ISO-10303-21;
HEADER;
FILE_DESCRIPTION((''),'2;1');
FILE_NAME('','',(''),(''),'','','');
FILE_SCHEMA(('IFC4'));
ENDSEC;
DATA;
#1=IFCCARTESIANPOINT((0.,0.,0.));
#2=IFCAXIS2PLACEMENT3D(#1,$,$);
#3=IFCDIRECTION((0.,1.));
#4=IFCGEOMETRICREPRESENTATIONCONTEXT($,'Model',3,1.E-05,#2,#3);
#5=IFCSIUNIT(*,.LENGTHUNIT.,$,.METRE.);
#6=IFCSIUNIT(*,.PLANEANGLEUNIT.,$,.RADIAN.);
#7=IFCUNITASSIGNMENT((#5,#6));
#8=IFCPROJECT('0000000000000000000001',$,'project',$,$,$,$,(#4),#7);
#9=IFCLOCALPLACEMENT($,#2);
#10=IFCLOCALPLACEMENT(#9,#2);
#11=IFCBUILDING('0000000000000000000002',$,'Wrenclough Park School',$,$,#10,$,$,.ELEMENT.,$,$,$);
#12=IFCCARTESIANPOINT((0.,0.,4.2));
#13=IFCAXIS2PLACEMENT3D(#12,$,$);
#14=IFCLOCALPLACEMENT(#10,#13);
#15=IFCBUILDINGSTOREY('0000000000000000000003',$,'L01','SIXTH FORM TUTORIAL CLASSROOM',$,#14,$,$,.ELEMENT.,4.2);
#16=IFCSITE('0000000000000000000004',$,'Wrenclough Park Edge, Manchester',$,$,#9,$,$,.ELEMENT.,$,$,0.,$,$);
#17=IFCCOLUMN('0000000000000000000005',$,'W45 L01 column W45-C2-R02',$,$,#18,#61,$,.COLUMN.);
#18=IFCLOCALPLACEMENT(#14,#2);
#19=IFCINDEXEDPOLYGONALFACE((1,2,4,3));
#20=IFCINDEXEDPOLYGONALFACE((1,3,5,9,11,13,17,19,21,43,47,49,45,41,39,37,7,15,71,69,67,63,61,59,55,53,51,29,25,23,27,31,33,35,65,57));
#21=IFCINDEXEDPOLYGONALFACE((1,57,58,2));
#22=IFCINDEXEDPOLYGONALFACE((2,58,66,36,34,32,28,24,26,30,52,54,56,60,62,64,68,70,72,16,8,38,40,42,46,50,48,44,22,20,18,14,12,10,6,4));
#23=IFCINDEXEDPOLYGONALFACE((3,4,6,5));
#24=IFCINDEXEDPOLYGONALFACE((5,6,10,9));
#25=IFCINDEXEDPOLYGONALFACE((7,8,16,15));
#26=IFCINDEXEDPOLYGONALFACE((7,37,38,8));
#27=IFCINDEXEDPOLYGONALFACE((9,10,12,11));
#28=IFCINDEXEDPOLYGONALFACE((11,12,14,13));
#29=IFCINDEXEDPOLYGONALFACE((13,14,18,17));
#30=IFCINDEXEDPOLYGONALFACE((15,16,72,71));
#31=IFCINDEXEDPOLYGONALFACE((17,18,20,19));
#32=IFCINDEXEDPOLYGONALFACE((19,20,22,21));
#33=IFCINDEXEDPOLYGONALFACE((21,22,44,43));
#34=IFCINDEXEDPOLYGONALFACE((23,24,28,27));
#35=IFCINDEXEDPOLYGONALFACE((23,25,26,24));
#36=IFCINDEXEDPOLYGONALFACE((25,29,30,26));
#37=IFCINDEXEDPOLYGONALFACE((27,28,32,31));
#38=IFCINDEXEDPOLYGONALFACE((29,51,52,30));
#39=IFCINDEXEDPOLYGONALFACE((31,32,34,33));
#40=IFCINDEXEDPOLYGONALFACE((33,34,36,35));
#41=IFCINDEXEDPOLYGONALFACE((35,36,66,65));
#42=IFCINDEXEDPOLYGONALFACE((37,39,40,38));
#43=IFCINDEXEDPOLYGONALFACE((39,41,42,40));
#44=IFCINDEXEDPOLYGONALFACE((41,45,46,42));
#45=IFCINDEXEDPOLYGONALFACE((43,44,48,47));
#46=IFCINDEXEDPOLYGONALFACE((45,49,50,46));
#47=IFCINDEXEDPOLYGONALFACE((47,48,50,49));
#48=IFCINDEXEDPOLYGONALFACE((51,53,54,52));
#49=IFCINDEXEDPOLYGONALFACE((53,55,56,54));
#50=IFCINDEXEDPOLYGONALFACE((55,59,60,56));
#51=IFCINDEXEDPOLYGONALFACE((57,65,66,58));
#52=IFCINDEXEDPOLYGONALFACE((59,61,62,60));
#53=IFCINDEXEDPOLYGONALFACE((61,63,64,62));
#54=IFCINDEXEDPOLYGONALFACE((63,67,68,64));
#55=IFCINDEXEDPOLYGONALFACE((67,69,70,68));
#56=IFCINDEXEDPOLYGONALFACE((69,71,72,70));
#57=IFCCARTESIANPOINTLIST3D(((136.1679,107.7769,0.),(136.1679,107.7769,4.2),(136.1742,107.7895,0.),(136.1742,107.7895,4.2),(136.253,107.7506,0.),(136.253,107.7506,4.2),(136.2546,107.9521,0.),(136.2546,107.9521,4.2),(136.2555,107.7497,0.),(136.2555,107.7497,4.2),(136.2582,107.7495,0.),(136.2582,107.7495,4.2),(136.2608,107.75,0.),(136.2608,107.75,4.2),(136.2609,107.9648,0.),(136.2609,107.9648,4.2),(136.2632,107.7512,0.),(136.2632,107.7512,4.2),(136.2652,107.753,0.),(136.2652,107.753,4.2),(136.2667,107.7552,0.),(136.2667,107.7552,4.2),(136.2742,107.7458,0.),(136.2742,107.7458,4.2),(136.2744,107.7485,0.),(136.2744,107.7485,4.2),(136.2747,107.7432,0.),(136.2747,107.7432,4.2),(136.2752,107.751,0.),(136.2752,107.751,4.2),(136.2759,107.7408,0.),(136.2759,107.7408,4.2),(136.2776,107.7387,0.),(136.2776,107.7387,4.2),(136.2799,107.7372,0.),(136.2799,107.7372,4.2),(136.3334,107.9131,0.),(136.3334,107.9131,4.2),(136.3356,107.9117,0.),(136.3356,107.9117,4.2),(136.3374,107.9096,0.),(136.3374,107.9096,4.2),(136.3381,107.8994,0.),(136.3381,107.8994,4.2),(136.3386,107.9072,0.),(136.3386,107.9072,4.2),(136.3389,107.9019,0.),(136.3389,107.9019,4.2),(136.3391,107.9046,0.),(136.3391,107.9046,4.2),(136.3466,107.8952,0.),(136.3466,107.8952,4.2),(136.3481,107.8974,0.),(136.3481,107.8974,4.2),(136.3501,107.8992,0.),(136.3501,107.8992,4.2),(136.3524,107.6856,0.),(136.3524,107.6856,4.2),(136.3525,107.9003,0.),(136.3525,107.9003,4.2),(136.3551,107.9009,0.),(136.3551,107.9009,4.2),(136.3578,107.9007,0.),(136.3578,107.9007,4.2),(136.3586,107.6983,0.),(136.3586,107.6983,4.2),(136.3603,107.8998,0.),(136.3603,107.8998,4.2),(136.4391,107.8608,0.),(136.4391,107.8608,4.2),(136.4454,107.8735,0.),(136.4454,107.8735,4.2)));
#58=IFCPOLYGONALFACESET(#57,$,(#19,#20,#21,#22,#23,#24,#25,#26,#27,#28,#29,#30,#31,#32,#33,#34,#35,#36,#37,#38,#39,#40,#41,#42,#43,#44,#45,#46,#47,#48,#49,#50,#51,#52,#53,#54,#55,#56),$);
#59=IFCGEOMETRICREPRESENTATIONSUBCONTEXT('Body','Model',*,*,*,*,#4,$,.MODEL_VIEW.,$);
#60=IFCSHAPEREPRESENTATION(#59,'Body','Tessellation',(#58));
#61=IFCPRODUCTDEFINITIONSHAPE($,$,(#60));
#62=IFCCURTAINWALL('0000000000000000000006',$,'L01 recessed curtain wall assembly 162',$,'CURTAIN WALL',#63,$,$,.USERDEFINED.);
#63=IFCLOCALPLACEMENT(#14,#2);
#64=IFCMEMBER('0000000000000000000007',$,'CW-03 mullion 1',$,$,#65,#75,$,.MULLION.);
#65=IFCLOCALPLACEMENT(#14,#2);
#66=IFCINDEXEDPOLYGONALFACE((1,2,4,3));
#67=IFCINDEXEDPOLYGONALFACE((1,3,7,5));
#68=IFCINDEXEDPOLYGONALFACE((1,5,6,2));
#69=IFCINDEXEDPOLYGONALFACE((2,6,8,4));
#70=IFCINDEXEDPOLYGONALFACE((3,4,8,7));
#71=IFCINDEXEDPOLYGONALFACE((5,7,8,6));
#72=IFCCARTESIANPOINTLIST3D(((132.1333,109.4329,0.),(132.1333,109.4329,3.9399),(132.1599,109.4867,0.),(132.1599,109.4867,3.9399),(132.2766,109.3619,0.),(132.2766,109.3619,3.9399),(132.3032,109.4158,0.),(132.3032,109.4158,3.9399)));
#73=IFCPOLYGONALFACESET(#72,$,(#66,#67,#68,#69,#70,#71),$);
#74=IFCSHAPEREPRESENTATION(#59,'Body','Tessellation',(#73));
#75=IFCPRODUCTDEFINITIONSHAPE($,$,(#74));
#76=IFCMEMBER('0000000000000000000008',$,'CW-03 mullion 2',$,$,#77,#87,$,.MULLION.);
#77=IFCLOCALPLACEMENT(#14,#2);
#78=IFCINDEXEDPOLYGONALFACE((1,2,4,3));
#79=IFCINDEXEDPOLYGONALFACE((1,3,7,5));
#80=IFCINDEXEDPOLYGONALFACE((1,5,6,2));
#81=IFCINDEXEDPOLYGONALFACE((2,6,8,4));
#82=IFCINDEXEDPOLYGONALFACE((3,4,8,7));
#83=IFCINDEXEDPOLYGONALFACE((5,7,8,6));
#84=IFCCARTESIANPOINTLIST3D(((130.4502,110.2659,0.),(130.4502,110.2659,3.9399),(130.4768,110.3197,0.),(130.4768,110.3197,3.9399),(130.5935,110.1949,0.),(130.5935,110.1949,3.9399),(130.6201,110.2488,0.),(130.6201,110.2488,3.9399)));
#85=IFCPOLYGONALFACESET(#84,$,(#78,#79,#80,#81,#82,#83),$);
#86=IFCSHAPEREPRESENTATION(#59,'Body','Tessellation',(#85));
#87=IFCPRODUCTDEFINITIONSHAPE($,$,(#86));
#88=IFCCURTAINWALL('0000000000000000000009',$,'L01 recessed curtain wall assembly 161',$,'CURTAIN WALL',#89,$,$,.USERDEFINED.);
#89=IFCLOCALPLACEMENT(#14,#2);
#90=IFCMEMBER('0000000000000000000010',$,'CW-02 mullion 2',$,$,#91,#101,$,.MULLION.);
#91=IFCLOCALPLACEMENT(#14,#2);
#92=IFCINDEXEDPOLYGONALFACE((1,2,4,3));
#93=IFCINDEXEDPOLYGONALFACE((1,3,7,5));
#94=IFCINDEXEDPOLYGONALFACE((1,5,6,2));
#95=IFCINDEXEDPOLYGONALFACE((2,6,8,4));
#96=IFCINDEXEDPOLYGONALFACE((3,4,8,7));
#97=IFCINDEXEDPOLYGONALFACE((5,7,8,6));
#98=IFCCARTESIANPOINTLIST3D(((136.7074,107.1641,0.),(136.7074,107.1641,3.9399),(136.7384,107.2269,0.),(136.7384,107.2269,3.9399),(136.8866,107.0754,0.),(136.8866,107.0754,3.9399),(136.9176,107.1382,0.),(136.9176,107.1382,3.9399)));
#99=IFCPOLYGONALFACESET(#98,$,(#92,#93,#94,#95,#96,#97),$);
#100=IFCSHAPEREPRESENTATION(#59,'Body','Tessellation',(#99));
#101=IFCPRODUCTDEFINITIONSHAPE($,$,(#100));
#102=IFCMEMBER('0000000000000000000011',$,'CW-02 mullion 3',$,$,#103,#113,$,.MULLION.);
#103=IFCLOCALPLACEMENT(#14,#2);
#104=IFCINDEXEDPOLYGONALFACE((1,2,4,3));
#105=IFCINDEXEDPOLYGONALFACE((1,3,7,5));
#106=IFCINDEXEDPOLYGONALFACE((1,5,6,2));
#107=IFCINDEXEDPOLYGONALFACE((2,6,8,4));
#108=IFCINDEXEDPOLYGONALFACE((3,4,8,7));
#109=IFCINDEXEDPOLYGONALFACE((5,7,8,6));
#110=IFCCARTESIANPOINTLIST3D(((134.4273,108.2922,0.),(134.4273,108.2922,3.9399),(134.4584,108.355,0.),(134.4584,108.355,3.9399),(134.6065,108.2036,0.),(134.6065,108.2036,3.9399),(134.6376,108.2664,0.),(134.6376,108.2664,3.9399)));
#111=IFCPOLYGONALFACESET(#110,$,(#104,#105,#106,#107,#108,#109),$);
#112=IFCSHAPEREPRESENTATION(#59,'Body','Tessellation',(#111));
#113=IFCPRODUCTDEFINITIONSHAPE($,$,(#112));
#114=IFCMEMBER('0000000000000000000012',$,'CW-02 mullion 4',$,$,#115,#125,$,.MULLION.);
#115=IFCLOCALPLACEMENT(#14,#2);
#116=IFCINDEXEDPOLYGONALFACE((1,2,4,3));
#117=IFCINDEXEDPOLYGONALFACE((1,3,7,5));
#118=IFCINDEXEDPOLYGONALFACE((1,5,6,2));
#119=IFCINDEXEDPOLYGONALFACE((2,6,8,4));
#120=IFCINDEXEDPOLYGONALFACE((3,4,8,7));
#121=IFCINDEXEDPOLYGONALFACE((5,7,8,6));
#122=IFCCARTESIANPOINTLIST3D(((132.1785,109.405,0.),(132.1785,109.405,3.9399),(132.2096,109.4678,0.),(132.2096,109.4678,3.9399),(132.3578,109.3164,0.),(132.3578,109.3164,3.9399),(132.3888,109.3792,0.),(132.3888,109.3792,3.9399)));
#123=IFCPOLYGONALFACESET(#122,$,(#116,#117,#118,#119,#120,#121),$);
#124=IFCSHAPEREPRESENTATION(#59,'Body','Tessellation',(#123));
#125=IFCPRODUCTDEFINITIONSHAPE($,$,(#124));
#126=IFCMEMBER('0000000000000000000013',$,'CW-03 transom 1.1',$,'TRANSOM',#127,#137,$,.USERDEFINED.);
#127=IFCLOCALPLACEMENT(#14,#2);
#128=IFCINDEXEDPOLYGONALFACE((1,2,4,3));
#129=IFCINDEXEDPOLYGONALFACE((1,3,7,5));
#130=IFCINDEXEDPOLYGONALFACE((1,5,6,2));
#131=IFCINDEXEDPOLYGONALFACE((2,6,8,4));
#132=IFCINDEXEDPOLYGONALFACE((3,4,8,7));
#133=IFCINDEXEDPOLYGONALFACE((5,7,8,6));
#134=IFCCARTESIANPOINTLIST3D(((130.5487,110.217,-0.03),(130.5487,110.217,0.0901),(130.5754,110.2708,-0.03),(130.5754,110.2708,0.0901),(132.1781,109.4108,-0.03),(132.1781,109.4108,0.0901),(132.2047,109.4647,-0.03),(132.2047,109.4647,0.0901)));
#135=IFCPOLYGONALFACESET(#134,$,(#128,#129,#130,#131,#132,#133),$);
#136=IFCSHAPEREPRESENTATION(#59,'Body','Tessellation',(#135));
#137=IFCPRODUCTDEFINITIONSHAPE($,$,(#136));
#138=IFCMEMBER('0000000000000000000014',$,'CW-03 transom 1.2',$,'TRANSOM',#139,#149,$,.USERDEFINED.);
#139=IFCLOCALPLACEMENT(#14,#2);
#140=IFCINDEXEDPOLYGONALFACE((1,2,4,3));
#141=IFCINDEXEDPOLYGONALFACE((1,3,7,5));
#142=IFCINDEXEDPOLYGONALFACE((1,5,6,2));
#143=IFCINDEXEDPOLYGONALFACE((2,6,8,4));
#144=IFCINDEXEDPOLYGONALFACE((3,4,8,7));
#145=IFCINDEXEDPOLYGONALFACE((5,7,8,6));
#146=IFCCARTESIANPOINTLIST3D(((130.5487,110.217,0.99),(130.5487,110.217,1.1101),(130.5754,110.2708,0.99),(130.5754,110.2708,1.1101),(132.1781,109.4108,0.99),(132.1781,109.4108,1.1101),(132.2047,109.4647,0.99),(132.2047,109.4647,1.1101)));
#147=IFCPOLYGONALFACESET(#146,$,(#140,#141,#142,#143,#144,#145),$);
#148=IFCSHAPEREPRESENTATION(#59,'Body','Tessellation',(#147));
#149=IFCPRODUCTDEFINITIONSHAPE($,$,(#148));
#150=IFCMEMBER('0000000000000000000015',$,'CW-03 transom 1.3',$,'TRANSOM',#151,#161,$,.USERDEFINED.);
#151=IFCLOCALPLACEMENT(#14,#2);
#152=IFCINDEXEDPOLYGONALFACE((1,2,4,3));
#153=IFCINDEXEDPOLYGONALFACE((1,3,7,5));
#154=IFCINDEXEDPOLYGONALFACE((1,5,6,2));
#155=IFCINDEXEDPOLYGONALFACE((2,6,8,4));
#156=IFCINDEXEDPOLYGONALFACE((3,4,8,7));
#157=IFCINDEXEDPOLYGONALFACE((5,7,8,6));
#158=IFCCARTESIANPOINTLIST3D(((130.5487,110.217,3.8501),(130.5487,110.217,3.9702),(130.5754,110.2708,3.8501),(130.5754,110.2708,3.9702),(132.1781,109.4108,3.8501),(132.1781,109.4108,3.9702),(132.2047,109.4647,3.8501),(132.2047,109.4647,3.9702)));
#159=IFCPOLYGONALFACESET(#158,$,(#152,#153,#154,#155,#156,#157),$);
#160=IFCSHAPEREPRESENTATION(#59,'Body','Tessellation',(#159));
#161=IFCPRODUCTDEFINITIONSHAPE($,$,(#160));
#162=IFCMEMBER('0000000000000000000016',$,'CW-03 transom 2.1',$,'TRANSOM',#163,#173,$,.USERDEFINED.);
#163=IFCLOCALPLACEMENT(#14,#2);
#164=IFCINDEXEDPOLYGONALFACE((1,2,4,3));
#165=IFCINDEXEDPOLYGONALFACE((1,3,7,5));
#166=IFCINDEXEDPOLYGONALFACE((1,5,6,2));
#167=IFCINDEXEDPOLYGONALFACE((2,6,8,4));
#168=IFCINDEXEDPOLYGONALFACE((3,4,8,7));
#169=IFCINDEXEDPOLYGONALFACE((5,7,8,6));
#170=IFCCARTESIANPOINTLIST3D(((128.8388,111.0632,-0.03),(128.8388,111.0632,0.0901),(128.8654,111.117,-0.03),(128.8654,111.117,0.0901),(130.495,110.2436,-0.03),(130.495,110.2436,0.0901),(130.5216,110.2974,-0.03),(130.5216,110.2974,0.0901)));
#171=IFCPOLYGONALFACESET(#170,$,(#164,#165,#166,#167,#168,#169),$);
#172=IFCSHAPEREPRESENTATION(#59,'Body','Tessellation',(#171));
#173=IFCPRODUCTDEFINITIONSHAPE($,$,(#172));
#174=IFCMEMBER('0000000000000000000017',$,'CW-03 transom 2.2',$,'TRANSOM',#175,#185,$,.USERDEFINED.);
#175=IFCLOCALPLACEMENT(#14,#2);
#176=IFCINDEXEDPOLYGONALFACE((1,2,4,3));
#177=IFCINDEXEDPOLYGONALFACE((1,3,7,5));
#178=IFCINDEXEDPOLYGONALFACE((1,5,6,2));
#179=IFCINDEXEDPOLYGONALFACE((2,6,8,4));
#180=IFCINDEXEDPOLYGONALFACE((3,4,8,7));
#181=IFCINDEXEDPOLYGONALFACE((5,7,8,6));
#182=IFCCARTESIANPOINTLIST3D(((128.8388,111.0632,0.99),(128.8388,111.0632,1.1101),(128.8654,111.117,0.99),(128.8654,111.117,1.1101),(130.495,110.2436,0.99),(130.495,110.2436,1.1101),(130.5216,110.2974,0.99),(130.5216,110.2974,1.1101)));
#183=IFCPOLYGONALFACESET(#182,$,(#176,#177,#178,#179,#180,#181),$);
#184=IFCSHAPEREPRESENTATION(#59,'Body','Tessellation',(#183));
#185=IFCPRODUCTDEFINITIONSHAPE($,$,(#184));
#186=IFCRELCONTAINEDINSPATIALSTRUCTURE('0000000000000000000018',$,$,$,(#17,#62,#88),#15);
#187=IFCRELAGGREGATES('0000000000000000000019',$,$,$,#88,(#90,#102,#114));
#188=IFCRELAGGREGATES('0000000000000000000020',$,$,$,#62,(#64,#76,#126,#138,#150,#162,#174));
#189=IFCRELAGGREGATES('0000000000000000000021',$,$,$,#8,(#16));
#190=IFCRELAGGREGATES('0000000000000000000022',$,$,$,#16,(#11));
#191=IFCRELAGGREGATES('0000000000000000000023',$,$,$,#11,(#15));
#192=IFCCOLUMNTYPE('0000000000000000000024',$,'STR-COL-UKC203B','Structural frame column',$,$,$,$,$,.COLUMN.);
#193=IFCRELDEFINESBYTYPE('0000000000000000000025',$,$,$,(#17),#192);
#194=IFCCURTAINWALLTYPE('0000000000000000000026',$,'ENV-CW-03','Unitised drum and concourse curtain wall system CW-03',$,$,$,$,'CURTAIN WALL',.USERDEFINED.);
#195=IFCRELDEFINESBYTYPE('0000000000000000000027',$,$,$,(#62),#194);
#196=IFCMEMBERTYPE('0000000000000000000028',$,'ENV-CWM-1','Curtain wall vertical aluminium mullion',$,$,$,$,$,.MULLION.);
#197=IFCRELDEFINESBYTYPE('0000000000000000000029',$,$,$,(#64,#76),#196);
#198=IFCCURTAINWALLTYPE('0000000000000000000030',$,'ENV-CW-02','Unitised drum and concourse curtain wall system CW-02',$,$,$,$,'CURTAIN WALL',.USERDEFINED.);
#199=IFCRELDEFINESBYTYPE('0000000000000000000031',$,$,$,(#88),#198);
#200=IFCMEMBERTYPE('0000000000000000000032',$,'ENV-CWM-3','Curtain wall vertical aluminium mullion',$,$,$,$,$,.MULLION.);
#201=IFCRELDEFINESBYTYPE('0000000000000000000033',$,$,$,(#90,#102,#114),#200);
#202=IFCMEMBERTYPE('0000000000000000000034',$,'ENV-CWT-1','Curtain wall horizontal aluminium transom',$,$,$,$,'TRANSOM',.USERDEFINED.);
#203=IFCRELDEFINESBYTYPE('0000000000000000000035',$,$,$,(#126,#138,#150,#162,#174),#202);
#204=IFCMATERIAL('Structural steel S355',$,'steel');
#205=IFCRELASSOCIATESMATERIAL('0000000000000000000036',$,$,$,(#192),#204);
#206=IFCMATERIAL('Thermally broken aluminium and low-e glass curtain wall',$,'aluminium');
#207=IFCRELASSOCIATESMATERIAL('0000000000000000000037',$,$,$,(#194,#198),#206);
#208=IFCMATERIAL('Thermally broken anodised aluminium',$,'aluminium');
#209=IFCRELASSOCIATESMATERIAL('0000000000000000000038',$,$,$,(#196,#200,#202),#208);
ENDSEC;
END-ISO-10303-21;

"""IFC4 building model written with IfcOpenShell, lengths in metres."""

from ifc_helpers import new_model, si_unit, direction, frame, origin, origin_2d, place, context, subcontext, project, spatial, rectangle, i_section, extrude, material, material_profile, profile_set, type_object, element, aggregate, save


model = new_model("IFC4")

# Units and contexts
model_context = context("Model", 3, precision=1e-05, world=origin(), true_north=direction((0.0, 1.0)))
body_context = subcontext(model_context, "Body", "Model", "MODEL_VIEW")
ifc_project = project(units=[si_unit("LENGTHUNIT", "METRE"), si_unit("PLANEANGLEUNIT", "RADIAN")], contexts=[model_context])

# Site, building, storey
site_placement = place(None, origin())
site = spatial("IfcSite", under=ifc_project, at=site_placement, Name="Wrenclough Park Edge, Manchester", CompositionType="ELEMENT", RefElevation=0.0)
building_placement = place(site_placement, origin())
building = spatial("IfcBuilding", under=site, at=building_placement, Name="Wrenclough Park School", CompositionType="ELEMENT")
storey_placement = place(building_placement, frame((0.0, 0.0, 4.2)))
storey = spatial("IfcBuildingStorey", under=building, at=storey_placement, Name="L01", Description="SIXTH FORM TUTORIAL CLASSROOM", CompositionType="ELEMENT", Elevation=4.2)

# Column
ifc_material_1 = material(Name="Structural steel S355", Category="steel")
ifc_material_profile_1 = material_profile(ifc_material_1, i_section(OverallWidth=0.2058, OverallDepth=0.2097, WebThickness=0.0095, FlangeThickness=0.0142, FilletRadius=0.0103, at=origin_2d()), Name="UKC 203x203x60")
ifc_profile_set_1 = profile_set([ifc_material_profile_1], Name="Structural steel S355")
column_type = type_object("IfcColumnType", Name="STR-COL-UKC203B", Description="Structural frame column", PredefinedType="COLUMN", material=ifc_profile_set_1)
column_placement = place(storey_placement, frame((136.3066, 107.8252, 0.0), z_axis=(0.0, 0.0, 1.0), x_axis=(0.896254, -0.443541, 0.0)))
element("IfcColumn", 1, at=column_placement, inside=storey, type_object=column_type, Name="W45 L01 column W45-C2-R02", PredefinedType="COLUMN", context=body_context, shape_type="SweptSolid", body=[
    extrude(i_section(OverallWidth=0.2058, OverallDepth=0.2097, WebThickness=0.0095, FlangeThickness=0.0142, FilletRadius=0.0103, at=origin_2d()), origin(), (0.0, 0.0, 1.0), 4.2),
])

# Curtain walls, members
ifc_material_2 = material(Name="Thermally broken aluminium and low-e glass curtain wall", Category="aluminium")
curtain_wall_type_1 = type_object("IfcCurtainWallType", Name="ENV-CW-03", Description="Unitised drum and concourse curtain wall system CW-03", ElementType="CURTAIN WALL", PredefinedType="USERDEFINED", material=ifc_material_2)
curtain_wall_1_placement = place(storey_placement, origin())
curtain_wall_1 = element("IfcCurtainWall", 2, at=curtain_wall_1_placement, inside=storey, type_object=curtain_wall_type_1, Name="L01 recessed curtain wall assembly 162", ObjectType="CURTAIN WALL", PredefinedType="USERDEFINED")
ifc_material_3 = material(Name="Thermally broken anodised aluminium", Category="aluminium")
ifc_material_profile_2 = material_profile(ifc_material_3, rectangle(XDim=0.0601, YDim=0.1599, at=origin_2d()), Name="AL MULLION 60x160")
ifc_profile_set_2 = profile_set([ifc_material_profile_2], Name="Thermally broken anodised aluminium")
member_type_1 = type_object("IfcMemberType", Name="ENV-CWM-1", Description="Curtain wall vertical aluminium mullion", PredefinedType="MULLION", material=ifc_profile_set_2)
member_1_placement = place(storey_placement, frame((132.2183, 109.4243, 0.0), z_axis=(0.0, 0.0, 1.0), x_axis=(-0.443515, -0.896267, 0.0)))
member_1 = element("IfcMember", 3, at=member_1_placement, type_object=member_type_1, Name="CW-03 mullion 1", PredefinedType="MULLION", context=body_context, shape_type="SweptSolid", body=[
    extrude(rectangle(XDim=0.0601, YDim=0.1599, at=origin_2d()), origin(), (0.0, 0.0, 1.0), 3.9399),
])
member_2_placement = place(storey_placement, frame((130.5352, 110.2573, 0.0), z_axis=(0.0, 0.0, 1.0), x_axis=(-0.443515, -0.896267, 0.0)))
member_2 = element("IfcMember", 4, at=member_2_placement, type_object=member_type_1, Name="CW-03 mullion 2", PredefinedType="MULLION", context=body_context, shape_type="SweptSolid", body=[
    extrude(rectangle(XDim=0.0601, YDim=0.1599, at=origin_2d()), origin(), (0.0, 0.0, 1.0), 3.9399),
])
curtain_wall_type_2 = type_object("IfcCurtainWallType", Name="ENV-CW-02", Description="Unitised drum and concourse curtain wall system CW-02", ElementType="CURTAIN WALL", PredefinedType="USERDEFINED", material=ifc_material_2)
curtain_wall_2_placement = place(storey_placement, origin())
curtain_wall_2 = element("IfcCurtainWall", 5, at=curtain_wall_2_placement, inside=storey, type_object=curtain_wall_type_2, Name="L01 recessed curtain wall assembly 161", ObjectType="CURTAIN WALL", PredefinedType="USERDEFINED")
ifc_material_profile_3 = material_profile(ifc_material_3, rectangle(XDim=0.0701, YDim=0.2, at=origin_2d()), Name="AL MULLION 70x200")
ifc_profile_set_3 = profile_set([ifc_material_profile_3], Name="Thermally broken anodised aluminium")
member_type_2 = type_object("IfcMemberType", Name="ENV-CWM-3", Description="Curtain wall vertical aluminium mullion", PredefinedType="MULLION", material=ifc_profile_set_3)
member_3_placement = place(storey_placement, frame((136.8125, 107.1511, 0.0), z_axis=(0.0, 0.0, 1.0), x_axis=(-0.443504, -0.896272, 0.0)))
member_3 = element("IfcMember", 6, at=member_3_placement, type_object=member_type_2, Name="CW-02 mullion 2", PredefinedType="MULLION", context=body_context, shape_type="SweptSolid", body=[
    extrude(rectangle(XDim=0.0701, YDim=0.2, at=origin_2d()), origin(), (0.0, 0.0, 1.0), 3.9399),
])
member_4_placement = place(storey_placement, frame((134.5325, 108.2793, 0.0), z_axis=(0.0, 0.0, 1.0), x_axis=(-0.443504, -0.896272, 0.0)))
member_4 = element("IfcMember", 7, at=member_4_placement, type_object=member_type_2, Name="CW-02 mullion 3", PredefinedType="MULLION", context=body_context, shape_type="SweptSolid", body=[
    extrude(rectangle(XDim=0.0701, YDim=0.2, at=origin_2d()), origin(), (0.0, 0.0, 1.0), 3.9399),
])
member_5_placement = place(storey_placement, frame((132.2837, 109.3921, 0.0), z_axis=(0.0, 0.0, 1.0), x_axis=(-0.443504, -0.896272, 0.0)))
member_5 = element("IfcMember", 8, at=member_5_placement, type_object=member_type_2, Name="CW-02 mullion 4", PredefinedType="MULLION", context=body_context, shape_type="SweptSolid", body=[
    extrude(rectangle(XDim=0.0701, YDim=0.2, at=origin_2d()), origin(), (0.0, 0.0, 1.0), 3.9399),
])

# Members
ifc_material_profile_4 = material_profile(ifc_material_3, rectangle(XDim=0.0601, YDim=0.1201, at=origin_2d()), Name="AL TRANSOM 60x120")
ifc_profile_set_4 = profile_set([ifc_material_profile_4], Name="Thermally broken anodised aluminium")
member_type_3 = type_object("IfcMemberType", Name="ENV-CWT-1", Description="Curtain wall horizontal aluminium transom", ElementType="TRANSOM", PredefinedType="USERDEFINED", material=ifc_profile_set_4)
member_6_placement = place(storey_placement, frame((132.1914, 109.4377, 0.03), z_axis=(-0.896299, 0.443449, 0.0), x_axis=(-0.443449, -0.896299, 0.0)))
member_6 = element("IfcMember", 9, at=member_6_placement, type_object=member_type_3, Name="CW-03 transom 1.1", ObjectType="TRANSOM", PredefinedType="USERDEFINED", context=body_context, shape_type="SweptSolid", body=[
    extrude(rectangle(XDim=0.0601, YDim=0.1201, at=origin_2d()), origin(), (0.0, 0.0, 1.0), 1.8179),
])
member_7_placement = place(storey_placement, frame((132.1914, 109.4377, 1.05), z_axis=(-0.896299, 0.443449, 0.0), x_axis=(-0.443449, -0.896299, 0.0)))
member_7 = element("IfcMember", 10, at=member_7_placement, type_object=member_type_3, Name="CW-03 transom 1.2", ObjectType="TRANSOM", PredefinedType="USERDEFINED", context=body_context, shape_type="SweptSolid", body=[
    extrude(rectangle(XDim=0.0601, YDim=0.1201, at=origin_2d()), origin(), (0.0, 0.0, 1.0), 1.8179),
])
member_8_placement = place(storey_placement, frame((132.1914, 109.4377, 3.9102), z_axis=(-0.896299, 0.443449, 0.0), x_axis=(-0.443449, -0.896299, 0.0)))
member_8 = element("IfcMember", 11, at=member_8_placement, type_object=member_type_3, Name="CW-03 transom 1.3", ObjectType="TRANSOM", PredefinedType="USERDEFINED", context=body_context, shape_type="SweptSolid", body=[
    extrude(rectangle(XDim=0.0601, YDim=0.1201, at=origin_2d()), origin(), (0.0, 0.0, 1.0), 1.8179),
])
member_9_placement = place(storey_placement, frame((130.5083, 110.2705, 0.03), z_axis=(-0.896269, 0.443511, 0.0), x_axis=(-0.443511, -0.896269, 0.0)))
member_9 = element("IfcMember", 12, at=member_9_placement, type_object=member_type_3, Name="CW-03 transom 2.1", ObjectType="TRANSOM", PredefinedType="USERDEFINED", context=body_context, shape_type="SweptSolid", body=[
    extrude(rectangle(XDim=0.0601, YDim=0.1201, at=origin_2d()), origin(), (0.0, 0.0, 1.0), 1.8479),
])
member_10_placement = place(storey_placement, frame((130.5083, 110.2705, 1.05), z_axis=(-0.896269, 0.443511, 0.0), x_axis=(-0.443511, -0.896269, 0.0)))
member_10 = element("IfcMember", 13, at=member_10_placement, type_object=member_type_3, Name="CW-03 transom 2.2", ObjectType="TRANSOM", PredefinedType="USERDEFINED", context=body_context, shape_type="SweptSolid", body=[
    extrude(rectangle(XDim=0.0601, YDim=0.1201, at=origin_2d()), origin(), (0.0, 0.0, 1.0), 1.8479),
])

aggregate(curtain_wall_2, [member_3, member_4, member_5])
aggregate(curtain_wall_1, [member_1, member_2, member_6, member_7, member_8, member_9, member_10])

save(model, "model.ifc")
